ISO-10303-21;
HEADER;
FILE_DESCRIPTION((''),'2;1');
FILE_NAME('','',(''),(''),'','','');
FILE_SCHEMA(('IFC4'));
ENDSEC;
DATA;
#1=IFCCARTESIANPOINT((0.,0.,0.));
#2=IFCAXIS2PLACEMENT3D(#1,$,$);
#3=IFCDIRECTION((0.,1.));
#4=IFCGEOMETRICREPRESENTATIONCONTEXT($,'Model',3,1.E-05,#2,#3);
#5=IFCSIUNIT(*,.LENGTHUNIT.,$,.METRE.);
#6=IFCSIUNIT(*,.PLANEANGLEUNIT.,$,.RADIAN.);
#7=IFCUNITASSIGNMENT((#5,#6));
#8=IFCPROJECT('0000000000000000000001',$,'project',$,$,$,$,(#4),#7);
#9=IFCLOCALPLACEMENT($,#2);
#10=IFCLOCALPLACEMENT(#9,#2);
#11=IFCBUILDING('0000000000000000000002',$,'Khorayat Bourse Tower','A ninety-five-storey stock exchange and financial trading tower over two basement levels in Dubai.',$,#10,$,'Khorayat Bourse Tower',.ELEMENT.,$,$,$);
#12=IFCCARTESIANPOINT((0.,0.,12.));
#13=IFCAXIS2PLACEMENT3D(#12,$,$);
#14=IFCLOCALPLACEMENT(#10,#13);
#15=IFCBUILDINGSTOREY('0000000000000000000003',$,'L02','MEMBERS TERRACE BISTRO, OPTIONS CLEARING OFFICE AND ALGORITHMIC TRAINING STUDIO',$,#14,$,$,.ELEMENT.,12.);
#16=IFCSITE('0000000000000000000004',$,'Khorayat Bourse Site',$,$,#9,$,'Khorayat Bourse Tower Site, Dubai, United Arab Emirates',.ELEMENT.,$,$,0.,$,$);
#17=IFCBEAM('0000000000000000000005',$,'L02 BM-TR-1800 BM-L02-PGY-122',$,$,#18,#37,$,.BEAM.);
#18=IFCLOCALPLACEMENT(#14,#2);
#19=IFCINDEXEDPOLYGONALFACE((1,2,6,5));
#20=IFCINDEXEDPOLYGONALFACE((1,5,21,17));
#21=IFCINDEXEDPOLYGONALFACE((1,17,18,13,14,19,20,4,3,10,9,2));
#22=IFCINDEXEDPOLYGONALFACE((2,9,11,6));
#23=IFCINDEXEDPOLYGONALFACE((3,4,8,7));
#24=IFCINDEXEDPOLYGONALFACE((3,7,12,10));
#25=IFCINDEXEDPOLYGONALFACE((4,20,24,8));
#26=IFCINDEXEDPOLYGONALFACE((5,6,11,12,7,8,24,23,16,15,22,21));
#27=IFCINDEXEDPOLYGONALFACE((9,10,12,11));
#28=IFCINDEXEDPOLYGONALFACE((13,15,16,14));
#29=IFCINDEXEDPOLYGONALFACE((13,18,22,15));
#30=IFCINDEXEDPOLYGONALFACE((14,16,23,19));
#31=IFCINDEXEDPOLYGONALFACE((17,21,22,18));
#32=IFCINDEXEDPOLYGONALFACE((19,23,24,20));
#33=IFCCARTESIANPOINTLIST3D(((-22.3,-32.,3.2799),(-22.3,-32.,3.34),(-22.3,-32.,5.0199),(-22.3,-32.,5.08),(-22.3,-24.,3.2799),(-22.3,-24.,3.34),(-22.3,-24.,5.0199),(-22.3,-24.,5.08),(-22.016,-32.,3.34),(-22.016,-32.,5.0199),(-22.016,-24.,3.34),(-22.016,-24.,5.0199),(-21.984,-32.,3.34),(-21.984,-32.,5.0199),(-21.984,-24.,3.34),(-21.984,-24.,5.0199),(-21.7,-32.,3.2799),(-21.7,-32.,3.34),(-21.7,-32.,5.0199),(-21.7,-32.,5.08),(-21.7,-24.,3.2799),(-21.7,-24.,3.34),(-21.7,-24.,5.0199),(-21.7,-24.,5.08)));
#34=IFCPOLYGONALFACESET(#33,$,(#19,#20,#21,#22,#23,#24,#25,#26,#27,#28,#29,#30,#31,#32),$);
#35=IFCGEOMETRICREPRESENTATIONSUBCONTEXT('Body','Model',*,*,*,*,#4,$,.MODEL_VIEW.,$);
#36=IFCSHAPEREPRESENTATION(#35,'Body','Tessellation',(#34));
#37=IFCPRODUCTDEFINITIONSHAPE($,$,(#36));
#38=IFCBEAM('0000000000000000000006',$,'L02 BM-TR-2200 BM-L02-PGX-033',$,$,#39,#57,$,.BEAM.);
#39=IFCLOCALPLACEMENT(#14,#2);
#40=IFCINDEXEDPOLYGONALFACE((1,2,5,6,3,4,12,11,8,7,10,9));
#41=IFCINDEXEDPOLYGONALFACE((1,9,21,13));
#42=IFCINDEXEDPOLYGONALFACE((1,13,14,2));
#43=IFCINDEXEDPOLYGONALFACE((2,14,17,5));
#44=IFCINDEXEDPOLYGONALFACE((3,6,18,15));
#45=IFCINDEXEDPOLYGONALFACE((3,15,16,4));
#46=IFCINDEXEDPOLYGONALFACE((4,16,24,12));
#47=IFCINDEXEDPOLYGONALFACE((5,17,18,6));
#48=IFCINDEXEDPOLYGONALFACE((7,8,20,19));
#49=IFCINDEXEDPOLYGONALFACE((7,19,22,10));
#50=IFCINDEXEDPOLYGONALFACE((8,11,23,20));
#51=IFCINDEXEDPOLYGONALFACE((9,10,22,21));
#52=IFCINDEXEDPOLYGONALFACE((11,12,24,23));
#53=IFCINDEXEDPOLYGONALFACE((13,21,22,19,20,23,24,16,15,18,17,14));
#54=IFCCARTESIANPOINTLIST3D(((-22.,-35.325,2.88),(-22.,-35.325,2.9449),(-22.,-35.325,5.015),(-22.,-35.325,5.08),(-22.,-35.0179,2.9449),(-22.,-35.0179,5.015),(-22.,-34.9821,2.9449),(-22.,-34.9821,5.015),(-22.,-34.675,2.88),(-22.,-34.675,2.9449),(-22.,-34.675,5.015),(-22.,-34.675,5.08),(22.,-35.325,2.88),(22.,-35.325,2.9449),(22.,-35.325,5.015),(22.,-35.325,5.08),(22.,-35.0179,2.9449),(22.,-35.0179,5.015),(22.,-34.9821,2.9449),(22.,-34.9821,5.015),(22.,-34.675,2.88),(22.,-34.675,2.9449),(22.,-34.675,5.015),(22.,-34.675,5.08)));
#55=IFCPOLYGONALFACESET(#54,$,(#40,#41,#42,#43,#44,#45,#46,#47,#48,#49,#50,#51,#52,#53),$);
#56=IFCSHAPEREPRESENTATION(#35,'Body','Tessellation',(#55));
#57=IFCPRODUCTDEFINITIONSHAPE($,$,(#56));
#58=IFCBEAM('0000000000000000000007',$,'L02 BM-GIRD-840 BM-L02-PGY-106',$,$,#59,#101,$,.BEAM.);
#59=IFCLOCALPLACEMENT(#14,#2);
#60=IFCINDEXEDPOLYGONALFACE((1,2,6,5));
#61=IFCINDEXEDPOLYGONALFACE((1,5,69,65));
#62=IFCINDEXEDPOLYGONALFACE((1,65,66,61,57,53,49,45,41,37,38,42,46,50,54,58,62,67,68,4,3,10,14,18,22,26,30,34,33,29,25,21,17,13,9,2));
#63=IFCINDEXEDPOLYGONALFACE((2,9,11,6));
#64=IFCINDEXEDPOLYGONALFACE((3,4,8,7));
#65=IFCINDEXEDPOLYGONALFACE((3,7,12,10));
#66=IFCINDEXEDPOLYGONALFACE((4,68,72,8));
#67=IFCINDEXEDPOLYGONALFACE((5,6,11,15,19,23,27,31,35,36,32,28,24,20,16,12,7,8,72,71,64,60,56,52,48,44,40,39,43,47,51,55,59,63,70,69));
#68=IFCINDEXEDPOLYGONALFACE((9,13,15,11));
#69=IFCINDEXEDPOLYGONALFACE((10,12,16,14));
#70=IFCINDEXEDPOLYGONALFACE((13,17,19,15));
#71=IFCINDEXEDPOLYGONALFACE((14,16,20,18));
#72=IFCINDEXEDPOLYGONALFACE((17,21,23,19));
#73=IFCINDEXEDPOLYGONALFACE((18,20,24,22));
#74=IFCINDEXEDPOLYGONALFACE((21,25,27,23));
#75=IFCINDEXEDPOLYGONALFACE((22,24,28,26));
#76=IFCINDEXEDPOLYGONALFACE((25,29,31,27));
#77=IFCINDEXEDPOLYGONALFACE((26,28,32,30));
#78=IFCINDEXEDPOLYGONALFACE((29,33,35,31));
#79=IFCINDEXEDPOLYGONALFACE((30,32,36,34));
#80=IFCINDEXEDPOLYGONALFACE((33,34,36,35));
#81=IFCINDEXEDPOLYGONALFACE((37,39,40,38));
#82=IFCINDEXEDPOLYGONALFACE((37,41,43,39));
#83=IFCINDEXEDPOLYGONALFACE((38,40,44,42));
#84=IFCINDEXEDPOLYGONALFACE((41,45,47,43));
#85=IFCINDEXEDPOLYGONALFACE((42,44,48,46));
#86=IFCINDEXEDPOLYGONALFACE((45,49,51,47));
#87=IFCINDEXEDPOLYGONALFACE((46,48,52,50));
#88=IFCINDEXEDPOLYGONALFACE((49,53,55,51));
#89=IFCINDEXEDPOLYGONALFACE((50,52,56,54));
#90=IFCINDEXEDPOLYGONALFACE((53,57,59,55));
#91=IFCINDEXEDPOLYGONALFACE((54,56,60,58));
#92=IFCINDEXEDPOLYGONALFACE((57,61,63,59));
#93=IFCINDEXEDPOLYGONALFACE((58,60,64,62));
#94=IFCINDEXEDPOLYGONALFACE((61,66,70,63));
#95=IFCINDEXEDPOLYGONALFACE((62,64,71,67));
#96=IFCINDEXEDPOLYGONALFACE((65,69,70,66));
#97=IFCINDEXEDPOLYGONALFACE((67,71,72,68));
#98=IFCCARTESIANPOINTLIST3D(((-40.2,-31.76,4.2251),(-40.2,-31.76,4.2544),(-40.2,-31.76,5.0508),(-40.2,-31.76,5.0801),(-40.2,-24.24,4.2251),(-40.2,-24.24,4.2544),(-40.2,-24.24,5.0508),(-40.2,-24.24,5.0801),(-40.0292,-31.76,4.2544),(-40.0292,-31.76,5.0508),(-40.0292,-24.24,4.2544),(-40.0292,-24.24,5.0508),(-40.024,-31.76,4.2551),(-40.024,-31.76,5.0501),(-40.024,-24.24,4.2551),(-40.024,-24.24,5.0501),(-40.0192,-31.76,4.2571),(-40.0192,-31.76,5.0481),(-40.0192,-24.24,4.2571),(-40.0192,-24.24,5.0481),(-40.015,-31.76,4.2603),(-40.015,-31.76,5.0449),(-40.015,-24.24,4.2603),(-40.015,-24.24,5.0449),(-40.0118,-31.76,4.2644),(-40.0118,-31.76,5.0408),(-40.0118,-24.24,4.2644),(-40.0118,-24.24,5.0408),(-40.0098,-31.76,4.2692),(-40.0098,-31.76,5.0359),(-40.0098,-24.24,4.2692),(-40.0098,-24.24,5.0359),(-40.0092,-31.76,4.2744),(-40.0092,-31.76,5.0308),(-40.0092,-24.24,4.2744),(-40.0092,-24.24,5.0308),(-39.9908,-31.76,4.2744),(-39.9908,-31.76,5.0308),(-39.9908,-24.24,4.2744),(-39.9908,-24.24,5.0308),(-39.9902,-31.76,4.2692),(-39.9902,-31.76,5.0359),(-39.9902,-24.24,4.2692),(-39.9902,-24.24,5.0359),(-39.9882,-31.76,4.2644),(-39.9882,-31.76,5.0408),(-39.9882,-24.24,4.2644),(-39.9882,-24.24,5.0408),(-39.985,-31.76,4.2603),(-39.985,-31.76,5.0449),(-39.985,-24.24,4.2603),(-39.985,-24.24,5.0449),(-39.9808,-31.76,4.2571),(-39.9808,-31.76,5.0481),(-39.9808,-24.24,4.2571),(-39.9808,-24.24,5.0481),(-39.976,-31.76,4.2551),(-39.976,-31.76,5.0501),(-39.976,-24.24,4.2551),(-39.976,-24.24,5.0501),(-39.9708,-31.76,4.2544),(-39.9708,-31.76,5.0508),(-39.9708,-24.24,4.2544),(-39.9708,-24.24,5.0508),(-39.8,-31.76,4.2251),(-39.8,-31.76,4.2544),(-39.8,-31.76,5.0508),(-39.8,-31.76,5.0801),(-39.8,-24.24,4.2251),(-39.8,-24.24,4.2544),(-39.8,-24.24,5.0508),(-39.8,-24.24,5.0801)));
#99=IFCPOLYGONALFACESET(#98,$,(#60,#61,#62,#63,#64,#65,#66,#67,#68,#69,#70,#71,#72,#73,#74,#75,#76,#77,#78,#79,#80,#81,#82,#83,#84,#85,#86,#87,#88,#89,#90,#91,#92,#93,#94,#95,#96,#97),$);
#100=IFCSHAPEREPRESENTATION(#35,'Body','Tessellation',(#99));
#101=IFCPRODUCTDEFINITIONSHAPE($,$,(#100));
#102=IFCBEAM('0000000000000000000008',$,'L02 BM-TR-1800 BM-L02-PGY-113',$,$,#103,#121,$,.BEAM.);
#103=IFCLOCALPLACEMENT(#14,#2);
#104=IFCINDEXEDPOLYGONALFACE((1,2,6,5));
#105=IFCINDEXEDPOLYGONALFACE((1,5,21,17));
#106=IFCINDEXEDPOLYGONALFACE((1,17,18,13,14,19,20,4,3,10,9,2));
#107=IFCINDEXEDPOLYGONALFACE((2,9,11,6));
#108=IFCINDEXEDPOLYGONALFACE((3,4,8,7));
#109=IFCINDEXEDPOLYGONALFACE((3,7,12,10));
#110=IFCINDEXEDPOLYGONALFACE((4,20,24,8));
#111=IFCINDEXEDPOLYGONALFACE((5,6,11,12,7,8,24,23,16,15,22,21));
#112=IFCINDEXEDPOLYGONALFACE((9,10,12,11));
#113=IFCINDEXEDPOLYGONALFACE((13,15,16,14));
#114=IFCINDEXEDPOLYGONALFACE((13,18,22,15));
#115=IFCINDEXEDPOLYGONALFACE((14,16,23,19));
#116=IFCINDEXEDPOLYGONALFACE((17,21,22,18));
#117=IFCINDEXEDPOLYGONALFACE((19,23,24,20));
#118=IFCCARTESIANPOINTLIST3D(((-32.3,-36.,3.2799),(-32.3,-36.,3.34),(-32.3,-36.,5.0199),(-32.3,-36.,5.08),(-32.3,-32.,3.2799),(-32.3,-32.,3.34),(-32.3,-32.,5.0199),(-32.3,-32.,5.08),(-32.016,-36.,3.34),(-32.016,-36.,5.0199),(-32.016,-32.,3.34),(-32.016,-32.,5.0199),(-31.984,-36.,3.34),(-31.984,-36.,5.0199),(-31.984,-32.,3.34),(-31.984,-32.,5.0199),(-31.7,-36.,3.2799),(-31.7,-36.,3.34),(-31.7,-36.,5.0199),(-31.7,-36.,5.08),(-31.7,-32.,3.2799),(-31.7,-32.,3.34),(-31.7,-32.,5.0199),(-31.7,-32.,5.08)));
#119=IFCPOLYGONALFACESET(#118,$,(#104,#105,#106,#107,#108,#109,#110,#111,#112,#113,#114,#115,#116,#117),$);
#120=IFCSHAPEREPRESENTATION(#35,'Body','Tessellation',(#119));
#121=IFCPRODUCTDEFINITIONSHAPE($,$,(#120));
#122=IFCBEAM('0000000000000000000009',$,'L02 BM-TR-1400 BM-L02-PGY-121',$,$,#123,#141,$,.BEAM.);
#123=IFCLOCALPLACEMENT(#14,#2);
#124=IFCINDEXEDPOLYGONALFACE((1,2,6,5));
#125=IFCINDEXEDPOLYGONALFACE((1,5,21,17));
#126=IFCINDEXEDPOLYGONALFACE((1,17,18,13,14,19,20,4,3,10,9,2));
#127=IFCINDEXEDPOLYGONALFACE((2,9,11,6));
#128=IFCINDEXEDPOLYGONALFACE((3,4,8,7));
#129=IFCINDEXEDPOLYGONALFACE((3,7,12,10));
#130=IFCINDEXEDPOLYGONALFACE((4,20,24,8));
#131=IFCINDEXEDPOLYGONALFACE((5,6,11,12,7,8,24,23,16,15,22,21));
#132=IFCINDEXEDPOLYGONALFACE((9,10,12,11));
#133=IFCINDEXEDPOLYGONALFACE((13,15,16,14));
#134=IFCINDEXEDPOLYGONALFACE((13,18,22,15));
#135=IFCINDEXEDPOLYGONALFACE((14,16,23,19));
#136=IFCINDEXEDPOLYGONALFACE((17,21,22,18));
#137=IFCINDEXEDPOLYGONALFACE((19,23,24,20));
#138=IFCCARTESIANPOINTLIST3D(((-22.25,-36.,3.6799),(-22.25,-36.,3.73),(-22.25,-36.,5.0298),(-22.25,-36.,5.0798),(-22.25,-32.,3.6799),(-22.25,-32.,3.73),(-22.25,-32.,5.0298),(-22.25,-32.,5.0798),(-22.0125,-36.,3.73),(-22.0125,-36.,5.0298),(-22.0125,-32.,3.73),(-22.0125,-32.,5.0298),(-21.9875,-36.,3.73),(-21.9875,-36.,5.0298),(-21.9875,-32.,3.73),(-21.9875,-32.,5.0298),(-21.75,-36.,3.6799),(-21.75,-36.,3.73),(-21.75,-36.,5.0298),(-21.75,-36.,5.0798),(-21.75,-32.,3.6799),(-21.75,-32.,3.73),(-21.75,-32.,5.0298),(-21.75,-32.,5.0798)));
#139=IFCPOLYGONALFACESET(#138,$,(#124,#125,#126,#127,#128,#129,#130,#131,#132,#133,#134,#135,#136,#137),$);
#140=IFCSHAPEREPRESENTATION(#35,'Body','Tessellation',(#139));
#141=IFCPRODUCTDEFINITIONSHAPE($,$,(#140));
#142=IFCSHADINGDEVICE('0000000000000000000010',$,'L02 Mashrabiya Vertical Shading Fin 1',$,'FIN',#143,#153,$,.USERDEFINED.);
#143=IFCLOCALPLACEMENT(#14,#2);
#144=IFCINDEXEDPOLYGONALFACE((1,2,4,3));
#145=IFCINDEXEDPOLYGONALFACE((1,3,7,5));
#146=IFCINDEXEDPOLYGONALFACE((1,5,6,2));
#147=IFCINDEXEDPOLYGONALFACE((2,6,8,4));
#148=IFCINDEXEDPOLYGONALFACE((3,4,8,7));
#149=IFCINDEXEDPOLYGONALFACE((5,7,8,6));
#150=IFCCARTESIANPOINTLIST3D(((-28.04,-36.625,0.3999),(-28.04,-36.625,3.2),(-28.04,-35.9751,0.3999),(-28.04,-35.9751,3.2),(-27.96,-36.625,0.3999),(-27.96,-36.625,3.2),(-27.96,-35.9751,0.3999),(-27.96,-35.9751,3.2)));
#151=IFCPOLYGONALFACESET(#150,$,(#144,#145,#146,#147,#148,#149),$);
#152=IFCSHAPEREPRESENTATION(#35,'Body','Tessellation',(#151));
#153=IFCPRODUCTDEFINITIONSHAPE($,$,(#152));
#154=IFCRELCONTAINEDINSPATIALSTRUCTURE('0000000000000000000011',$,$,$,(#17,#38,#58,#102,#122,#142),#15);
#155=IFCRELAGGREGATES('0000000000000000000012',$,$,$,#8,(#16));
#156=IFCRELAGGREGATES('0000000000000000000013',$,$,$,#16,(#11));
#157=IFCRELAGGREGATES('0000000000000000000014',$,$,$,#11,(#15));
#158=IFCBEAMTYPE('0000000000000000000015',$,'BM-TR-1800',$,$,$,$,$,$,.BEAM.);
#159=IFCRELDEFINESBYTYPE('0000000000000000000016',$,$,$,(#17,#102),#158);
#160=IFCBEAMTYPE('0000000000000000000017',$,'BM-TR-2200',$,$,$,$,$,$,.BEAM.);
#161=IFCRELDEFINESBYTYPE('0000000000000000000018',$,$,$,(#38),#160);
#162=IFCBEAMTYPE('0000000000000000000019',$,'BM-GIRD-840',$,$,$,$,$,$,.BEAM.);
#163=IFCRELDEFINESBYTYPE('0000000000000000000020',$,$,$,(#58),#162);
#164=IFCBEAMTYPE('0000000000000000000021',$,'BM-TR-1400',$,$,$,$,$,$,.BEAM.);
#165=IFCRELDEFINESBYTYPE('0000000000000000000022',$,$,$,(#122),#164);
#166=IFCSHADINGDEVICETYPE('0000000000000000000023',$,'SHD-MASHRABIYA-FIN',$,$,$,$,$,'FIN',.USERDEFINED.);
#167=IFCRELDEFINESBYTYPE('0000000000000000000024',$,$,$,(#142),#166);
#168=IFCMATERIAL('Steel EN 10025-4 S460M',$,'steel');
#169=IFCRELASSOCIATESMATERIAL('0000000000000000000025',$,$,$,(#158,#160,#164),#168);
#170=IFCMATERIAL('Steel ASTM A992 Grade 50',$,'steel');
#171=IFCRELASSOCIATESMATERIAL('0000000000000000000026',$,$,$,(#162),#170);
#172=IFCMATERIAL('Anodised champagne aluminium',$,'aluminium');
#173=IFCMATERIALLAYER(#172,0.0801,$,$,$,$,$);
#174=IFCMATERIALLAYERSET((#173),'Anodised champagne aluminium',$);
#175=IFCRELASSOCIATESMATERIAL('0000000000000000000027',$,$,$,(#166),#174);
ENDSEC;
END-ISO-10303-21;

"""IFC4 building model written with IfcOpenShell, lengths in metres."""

from ifc_helpers import new_model, si_unit, direction, frame, origin, origin_2d, place, context, subcontext, project, spatial, rectangle, i_section, extrude, source, transform, mapped, material, layer, layer_set, material_profile, profile_set, type_object, element, save


model = new_model("IFC4")

# Units and contexts
model_context = context("Model", 3, precision=1e-05, world=origin(), true_north=direction((0.0, 1.0)))
body_context = subcontext(model_context, "Body", "Model", "MODEL_VIEW")
ifc_project = project(units=[si_unit("LENGTHUNIT", "METRE"), si_unit("PLANEANGLEUNIT", "RADIAN")], contexts=[model_context])

# Site, building, storey
site_placement = place(None, origin())
site = spatial("IfcSite", under=ifc_project, at=site_placement, Name="Khorayat Bourse Site", LongName="Khorayat Bourse Tower Site, Dubai, United Arab Emirates", CompositionType="ELEMENT", RefElevation=0.0)
building_placement = place(site_placement, origin())
building = spatial("IfcBuilding", under=site, at=building_placement, Name="Khorayat Bourse Tower", Description="A ninety-five-storey stock exchange and financial trading tower over two basement levels in Dubai.", LongName="Khorayat Bourse Tower", CompositionType="ELEMENT")
storey_placement = place(building_placement, frame((0.0, 0.0, 12.0)))
storey = spatial("IfcBuildingStorey", under=building, at=storey_placement, Name="L02", Description="MEMBERS TERRACE BISTRO, OPTIONS CLEARING OFFICE AND ALGORITHMIC TRAINING STUDIO", CompositionType="ELEMENT", Elevation=12.0)

# Beams
ifc_material_1 = material(Name="Steel EN 10025-4 S460M", Category="steel")
ifc_material_profile_1 = material_profile(ifc_material_1, i_section(OverallWidth=0.6001, OverallDepth=1.8, WebThickness=0.032, FlangeThickness=0.0601, at=origin_2d()), Name="PG 1800x600x32x60")
ifc_profile_set_1 = profile_set([ifc_material_profile_1], Name="Steel EN 10025-4 S460M")
beam_type_1 = type_object("IfcBeamType", Name="BM-TR-1800", PredefinedType="BEAM", material=ifc_profile_set_1)
shared_shape_1 = source(origin(), body_context, "Body", "SweptSolid", [
    extrude(i_section(OverallWidth=0.6001, OverallDepth=1.8, WebThickness=0.032, FlangeThickness=0.0601, at=origin_2d()), origin(), (0.0, 0.0, 1.0), 8.0),
])
for number, where, z_axis, x_axis, name in (
    (1, (-22.0, -32.0, 4.1799), (0.0, 1.0, 0.0), (-1.0, 0.0, 0.0), "L02 BM-TR-1800 BM-L02-PGY-122"),
):
    element("IfcBeam", number, at=place(storey_placement, frame(where, z_axis=z_axis, x_axis=x_axis)), inside=storey, type_object=beam_type_1, Name=name, PredefinedType="BEAM", context=body_context, shape_type="MappedRepresentation", body=[
        mapped(shared_shape_1, transform((0.0, 0.0, 0.0), scale=1.0)),
    ])
ifc_material_profile_2 = material_profile(ifc_material_1, i_section(OverallWidth=0.6499, OverallDepth=2.2, WebThickness=0.0359, FlangeThickness=0.0649, at=origin_2d()), Name="PG 2200x650x36x65")
ifc_profile_set_2 = profile_set([ifc_material_profile_2], Name="Steel EN 10025-4 S460M")
beam_type_2 = type_object("IfcBeamType", Name="BM-TR-2200", PredefinedType="BEAM", material=ifc_profile_set_2)
shared_shape_2 = source(origin(), body_context, "Body", "SweptSolid", [
    extrude(i_section(OverallWidth=0.6499, OverallDepth=2.2, WebThickness=0.0359, FlangeThickness=0.0649, at=origin_2d()), origin(), (0.0, 0.0, 1.0), 44.0),
])
beam_1_placement = place(storey_placement, frame((-22.0, -35.0, 3.98), z_axis=(1.0, 0.0, 0.0), x_axis=(0.0, 1.0, 0.0)))
element("IfcBeam", 2, at=beam_1_placement, inside=storey, type_object=beam_type_2, Name="L02 BM-TR-2200 BM-L02-PGX-033", PredefinedType="BEAM", context=body_context, shape_type="MappedRepresentation", body=[
    mapped(shared_shape_2, transform((0.0, 0.0, 0.0), scale=1.0)),
])
ifc_material_2 = material(Name="Steel ASTM A992 Grade 50", Category="steel")
ifc_material_profile_3 = material_profile(ifc_material_2, i_section(OverallWidth=0.3999, OverallDepth=0.855, WebThickness=0.0183, FlangeThickness=0.0293, FilletRadius=0.02, at=origin_2d()), Name="W840X299")
ifc_profile_set_3 = profile_set([ifc_material_profile_3], Name="Steel ASTM A992 Grade 50")
beam_type_3 = type_object("IfcBeamType", Name="BM-GIRD-840", PredefinedType="BEAM", material=ifc_profile_set_3)
shared_shape_3 = source(origin(), body_context, "Body", "SweptSolid", [
    extrude(i_section(OverallWidth=0.3999, OverallDepth=0.855, WebThickness=0.0183, FlangeThickness=0.0293, FilletRadius=0.02, at=origin_2d()), origin(), (0.0, 0.0, 1.0), 7.52),
])
beam_2_placement = place(storey_placement, frame((-40.0, -31.76, 4.6526), z_axis=(0.0, 1.0, 0.0), x_axis=(-1.0, 0.0, 0.0)))
element("IfcBeam", 3, at=beam_2_placement, inside=storey, type_object=beam_type_3, Name="L02 BM-GIRD-840 BM-L02-PGY-106", PredefinedType="BEAM", context=body_context, shape_type="MappedRepresentation", body=[
    mapped(shared_shape_3, transform((0.0, 0.0, 0.0), scale=1.0)),
])
shared_shape_4 = source(origin(), body_context, "Body", "SweptSolid", [
    extrude(i_section(OverallWidth=0.6001, OverallDepth=1.8, WebThickness=0.032, FlangeThickness=0.0601, at=origin_2d()), origin(), (0.0, 0.0, 1.0), 4.0),
])
beam_3_placement = place(storey_placement, frame((-32.0, -36.0, 4.1799), z_axis=(0.0, 1.0, 0.0), x_axis=(-1.0, 0.0, 0.0)))
element("IfcBeam", 4, at=beam_3_placement, inside=storey, type_object=beam_type_1, Name="L02 BM-TR-1800 BM-L02-PGY-113", PredefinedType="BEAM", context=body_context, shape_type="MappedRepresentation", body=[
    mapped(shared_shape_4, transform((0.0, 0.0, 0.0), scale=1.0)),
])
ifc_material_profile_4 = material_profile(ifc_material_1, i_section(OverallWidth=0.5, OverallDepth=1.3999, WebThickness=0.0249, FlangeThickness=0.05, at=origin_2d()), Name="PG 1400x500x25x50")
ifc_profile_set_4 = profile_set([ifc_material_profile_4], Name="Steel EN 10025-4 S460M")
beam_type_4 = type_object("IfcBeamType", Name="BM-TR-1400", PredefinedType="BEAM", material=ifc_profile_set_4)
shared_shape_5 = source(origin(), body_context, "Body", "SweptSolid", [
    extrude(i_section(OverallWidth=0.5, OverallDepth=1.3999, WebThickness=0.0249, FlangeThickness=0.05, at=origin_2d()), origin(), (0.0, 0.0, 1.0), 4.0),
])
beam_4_placement = place(storey_placement, frame((-22.0, -36.0, 4.3799), z_axis=(0.0, 1.0, 0.0), x_axis=(-1.0, 0.0, 0.0)))
element("IfcBeam", 5, at=beam_4_placement, inside=storey, type_object=beam_type_4, Name="L02 BM-TR-1400 BM-L02-PGY-121", PredefinedType="BEAM", context=body_context, shape_type="MappedRepresentation", body=[
    mapped(shared_shape_5, transform((0.0, 0.0, 0.0), scale=1.0)),
])

# Shading device
ifc_material_3 = material(Name="Anodised champagne aluminium", Category="aluminium")
ifc_layer = layer(ifc_material_3, 0.0801)
ifc_layer_set = layer_set([ifc_layer], Name="Anodised champagne aluminium")
shading_device_type = type_object("IfcShadingDeviceType", Name="SHD-MASHRABIYA-FIN", ElementType="FIN", PredefinedType="USERDEFINED", material=ifc_layer_set)
shared_shape_6 = source(origin(), body_context, "Body", "SweptSolid", [
    extrude(rectangle(XDim=0.0801, YDim=0.6499, at=origin_2d()), origin(), (0.0, 0.0, 1.0), 2.8),
])
shading_device_placement = place(storey_placement, frame((-28.0, -36.3, 0.3999), z_axis=(0.0, 0.0, 1.0), x_axis=(1.0, 0.0, 0.0)))
element("IfcShadingDevice", 6, at=shading_device_placement, inside=storey, type_object=shading_device_type, Name="L02 Mashrabiya Vertical Shading Fin 1", ObjectType="FIN", PredefinedType="USERDEFINED", context=body_context, shape_type="MappedRepresentation", body=[
    mapped(shared_shape_6, transform((0.0, 0.0, 0.0), scale=1.0)),
])

save(model, "model.ifc")
